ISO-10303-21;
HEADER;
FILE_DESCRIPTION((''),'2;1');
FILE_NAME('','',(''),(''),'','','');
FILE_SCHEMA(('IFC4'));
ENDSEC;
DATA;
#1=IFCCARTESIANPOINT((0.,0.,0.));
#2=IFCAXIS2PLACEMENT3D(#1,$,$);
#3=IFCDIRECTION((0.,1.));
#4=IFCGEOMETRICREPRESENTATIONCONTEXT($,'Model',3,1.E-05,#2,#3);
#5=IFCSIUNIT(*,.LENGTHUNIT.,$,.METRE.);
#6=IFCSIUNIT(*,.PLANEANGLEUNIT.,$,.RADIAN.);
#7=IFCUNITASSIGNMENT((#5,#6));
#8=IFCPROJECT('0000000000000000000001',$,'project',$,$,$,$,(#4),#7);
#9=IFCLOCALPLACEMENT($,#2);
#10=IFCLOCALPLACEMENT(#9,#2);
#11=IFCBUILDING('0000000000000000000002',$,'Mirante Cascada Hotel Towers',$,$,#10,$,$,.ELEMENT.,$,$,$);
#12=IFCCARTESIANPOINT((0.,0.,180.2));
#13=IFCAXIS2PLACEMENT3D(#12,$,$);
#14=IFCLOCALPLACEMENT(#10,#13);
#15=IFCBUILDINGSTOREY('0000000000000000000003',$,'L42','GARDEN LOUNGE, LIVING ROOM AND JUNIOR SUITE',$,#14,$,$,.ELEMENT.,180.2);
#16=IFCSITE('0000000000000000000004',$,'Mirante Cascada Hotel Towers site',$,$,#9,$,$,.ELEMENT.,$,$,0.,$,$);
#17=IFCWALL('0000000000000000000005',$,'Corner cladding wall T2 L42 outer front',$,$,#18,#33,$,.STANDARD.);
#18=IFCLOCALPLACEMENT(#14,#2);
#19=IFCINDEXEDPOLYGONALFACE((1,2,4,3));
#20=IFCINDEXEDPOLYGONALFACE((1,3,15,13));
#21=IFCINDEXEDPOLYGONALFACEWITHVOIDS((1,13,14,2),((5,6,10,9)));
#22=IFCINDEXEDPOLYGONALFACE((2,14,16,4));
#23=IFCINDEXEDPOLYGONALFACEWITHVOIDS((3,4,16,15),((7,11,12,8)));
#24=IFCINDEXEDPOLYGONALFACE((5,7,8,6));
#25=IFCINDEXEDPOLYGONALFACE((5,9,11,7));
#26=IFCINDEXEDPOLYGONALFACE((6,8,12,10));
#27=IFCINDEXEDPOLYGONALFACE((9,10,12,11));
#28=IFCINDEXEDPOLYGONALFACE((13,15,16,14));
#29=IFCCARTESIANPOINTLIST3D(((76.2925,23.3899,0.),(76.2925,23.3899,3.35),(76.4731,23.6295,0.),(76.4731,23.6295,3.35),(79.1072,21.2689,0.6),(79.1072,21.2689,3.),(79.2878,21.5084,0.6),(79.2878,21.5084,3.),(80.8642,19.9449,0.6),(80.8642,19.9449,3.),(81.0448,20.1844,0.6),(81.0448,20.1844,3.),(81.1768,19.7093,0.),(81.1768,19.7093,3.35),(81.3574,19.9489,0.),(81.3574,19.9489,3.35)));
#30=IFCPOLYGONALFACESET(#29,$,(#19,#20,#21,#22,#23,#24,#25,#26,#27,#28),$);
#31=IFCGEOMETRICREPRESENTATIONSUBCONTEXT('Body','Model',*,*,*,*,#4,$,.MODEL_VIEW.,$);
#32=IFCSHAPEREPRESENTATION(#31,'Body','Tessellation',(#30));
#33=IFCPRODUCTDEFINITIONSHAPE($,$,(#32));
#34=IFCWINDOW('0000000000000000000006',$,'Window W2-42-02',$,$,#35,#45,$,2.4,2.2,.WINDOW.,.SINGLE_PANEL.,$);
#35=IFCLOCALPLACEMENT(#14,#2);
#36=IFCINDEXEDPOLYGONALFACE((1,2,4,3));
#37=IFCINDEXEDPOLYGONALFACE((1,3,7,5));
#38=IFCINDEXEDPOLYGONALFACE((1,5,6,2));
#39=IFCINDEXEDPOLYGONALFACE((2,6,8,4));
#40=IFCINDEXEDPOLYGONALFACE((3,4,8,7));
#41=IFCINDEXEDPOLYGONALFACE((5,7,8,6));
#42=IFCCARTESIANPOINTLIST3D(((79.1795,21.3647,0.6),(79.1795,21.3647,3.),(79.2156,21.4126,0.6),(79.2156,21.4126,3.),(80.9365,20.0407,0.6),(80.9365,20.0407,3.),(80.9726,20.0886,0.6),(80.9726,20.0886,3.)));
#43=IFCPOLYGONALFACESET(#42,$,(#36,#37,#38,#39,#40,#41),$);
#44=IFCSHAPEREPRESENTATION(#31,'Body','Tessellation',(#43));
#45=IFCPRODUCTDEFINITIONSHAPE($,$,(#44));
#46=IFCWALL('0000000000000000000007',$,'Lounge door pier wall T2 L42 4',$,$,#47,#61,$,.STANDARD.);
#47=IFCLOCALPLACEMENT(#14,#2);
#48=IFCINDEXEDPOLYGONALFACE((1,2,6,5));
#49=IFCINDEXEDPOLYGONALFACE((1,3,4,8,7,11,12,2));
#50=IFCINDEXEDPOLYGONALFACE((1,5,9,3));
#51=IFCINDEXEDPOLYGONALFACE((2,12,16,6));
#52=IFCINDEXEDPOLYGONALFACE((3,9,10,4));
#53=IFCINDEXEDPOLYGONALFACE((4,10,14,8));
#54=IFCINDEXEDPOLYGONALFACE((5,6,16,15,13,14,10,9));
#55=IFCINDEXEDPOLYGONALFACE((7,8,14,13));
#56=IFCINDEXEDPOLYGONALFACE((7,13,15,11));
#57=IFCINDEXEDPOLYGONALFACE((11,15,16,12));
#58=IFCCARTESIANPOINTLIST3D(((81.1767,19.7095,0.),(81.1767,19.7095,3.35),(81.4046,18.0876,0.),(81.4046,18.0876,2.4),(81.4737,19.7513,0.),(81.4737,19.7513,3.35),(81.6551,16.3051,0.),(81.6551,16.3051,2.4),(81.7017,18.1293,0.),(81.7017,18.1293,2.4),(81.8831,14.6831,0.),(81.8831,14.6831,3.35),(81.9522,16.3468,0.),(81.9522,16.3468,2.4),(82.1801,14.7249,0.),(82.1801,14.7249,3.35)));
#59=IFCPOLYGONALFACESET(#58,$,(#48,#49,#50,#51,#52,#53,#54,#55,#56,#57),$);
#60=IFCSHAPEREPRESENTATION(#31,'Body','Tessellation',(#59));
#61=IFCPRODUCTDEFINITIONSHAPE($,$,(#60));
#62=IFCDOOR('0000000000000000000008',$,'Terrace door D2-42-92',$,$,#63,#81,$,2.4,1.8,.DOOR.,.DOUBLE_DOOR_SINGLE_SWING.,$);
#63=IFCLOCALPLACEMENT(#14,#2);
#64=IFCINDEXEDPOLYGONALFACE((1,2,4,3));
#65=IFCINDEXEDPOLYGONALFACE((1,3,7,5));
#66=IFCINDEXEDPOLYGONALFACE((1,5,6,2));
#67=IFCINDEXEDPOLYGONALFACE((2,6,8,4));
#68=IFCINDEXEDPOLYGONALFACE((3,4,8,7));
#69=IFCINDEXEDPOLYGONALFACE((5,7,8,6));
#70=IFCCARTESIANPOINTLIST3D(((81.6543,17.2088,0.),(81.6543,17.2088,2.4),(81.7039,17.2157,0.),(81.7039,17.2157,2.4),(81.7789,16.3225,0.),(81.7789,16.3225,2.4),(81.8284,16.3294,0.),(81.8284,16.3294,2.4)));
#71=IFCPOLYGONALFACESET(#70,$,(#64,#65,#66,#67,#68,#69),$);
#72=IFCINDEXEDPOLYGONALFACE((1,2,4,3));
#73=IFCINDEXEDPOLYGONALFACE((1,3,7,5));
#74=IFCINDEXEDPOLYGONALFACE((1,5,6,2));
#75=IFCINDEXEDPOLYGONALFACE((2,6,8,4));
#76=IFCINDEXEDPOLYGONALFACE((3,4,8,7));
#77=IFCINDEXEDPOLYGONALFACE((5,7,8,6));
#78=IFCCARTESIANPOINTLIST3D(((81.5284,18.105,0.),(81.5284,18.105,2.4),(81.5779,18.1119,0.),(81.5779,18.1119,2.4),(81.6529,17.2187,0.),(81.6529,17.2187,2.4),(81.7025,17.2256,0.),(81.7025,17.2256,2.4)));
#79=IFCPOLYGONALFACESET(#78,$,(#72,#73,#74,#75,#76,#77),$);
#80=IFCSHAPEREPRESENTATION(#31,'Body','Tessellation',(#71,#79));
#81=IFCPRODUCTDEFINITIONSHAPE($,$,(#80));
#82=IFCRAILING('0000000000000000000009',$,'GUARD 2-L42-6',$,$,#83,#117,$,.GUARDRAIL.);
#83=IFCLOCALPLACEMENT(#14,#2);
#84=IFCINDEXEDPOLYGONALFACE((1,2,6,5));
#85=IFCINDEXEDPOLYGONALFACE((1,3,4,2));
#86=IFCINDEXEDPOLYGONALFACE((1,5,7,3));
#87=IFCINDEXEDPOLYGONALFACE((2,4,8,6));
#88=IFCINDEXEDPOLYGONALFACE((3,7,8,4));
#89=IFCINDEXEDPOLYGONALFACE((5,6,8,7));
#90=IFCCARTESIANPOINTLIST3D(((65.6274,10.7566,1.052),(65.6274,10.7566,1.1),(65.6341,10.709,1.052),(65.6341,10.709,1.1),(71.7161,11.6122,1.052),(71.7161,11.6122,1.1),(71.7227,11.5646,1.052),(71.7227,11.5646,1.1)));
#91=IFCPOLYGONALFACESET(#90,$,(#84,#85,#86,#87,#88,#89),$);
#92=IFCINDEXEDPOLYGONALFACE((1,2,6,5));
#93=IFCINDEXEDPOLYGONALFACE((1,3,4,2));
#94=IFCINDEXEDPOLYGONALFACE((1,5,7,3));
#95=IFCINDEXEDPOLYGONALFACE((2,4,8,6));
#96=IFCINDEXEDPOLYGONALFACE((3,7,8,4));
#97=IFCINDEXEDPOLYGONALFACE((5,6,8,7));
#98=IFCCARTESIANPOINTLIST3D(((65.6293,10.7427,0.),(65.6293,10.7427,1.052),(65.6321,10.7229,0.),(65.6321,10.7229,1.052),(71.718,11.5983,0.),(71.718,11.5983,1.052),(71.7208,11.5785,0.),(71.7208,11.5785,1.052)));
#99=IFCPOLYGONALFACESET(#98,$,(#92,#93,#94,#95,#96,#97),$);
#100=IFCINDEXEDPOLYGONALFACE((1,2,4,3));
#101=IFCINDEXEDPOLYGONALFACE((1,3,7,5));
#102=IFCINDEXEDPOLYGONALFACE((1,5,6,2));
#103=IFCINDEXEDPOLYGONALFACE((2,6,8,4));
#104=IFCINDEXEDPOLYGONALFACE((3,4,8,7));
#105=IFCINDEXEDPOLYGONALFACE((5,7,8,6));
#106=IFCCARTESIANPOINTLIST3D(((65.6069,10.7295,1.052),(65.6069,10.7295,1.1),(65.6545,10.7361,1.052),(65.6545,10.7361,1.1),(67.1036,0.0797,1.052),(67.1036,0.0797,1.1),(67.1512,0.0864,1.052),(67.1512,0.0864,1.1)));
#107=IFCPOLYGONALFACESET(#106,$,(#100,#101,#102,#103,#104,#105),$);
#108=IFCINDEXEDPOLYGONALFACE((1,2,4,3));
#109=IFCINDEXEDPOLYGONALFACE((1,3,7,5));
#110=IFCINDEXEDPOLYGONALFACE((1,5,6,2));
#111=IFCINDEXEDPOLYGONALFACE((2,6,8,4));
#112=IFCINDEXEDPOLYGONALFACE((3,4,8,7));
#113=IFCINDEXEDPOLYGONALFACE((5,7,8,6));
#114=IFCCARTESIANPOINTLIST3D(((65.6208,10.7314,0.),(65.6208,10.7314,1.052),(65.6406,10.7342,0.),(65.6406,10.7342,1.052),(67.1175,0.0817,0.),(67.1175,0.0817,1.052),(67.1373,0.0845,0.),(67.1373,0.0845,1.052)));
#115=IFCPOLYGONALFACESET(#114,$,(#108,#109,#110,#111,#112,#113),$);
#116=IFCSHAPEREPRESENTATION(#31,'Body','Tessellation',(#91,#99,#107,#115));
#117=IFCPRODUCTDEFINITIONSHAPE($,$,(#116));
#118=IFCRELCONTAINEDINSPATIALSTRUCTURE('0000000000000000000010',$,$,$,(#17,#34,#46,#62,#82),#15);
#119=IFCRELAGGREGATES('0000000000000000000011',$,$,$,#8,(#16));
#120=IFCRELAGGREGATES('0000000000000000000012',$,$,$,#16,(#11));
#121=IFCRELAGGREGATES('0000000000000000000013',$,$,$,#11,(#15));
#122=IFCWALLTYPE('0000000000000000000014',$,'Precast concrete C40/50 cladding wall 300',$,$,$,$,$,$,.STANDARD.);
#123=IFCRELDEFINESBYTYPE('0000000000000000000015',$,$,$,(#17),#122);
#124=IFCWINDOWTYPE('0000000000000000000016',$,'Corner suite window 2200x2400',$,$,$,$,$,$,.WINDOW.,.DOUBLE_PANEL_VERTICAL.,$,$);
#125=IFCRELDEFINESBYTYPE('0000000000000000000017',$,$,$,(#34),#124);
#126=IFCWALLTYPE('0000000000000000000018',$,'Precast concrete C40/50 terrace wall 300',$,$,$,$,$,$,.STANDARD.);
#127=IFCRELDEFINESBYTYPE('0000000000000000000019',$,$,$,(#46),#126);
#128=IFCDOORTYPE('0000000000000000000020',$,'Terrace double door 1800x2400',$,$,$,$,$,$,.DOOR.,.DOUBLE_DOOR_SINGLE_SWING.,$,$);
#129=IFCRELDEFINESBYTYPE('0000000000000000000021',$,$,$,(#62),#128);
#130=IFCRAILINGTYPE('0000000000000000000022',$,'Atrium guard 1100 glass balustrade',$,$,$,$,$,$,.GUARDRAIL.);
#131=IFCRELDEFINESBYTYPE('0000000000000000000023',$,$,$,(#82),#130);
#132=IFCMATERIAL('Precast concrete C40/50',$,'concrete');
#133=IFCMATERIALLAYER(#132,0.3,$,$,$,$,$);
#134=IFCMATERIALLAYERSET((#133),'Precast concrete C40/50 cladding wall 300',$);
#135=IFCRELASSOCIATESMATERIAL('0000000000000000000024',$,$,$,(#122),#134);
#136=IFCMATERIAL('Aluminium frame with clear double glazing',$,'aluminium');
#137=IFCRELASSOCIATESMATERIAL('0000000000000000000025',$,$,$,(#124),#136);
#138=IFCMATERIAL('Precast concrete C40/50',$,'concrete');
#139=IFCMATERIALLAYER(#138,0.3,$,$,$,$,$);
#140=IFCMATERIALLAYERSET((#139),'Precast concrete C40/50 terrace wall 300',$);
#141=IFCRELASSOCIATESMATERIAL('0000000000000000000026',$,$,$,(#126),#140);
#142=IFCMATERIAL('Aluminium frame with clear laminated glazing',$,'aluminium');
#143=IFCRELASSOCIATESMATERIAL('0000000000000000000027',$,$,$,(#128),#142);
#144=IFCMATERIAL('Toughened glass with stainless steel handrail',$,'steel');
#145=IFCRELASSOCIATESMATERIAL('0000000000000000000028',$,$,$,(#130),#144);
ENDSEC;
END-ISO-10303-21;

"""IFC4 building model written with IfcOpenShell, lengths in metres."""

from ifc_helpers import new_model, si_unit, direction, frame, frame_2d, origin, origin_2d, place, context, subcontext, project, spatial, rectangle, extrude, material, layer, layer_set, type_object, element, fill, save


model = new_model("IFC4")

# Units and contexts
model_context = context("Model", 3, precision=1e-05, world=origin(), true_north=direction((0.0, 1.0)))
body_context = subcontext(model_context, "Body", "Model", "MODEL_VIEW")
ifc_project = project(units=[si_unit("LENGTHUNIT", "METRE"), si_unit("PLANEANGLEUNIT", "RADIAN")], contexts=[model_context])

# Site, building, storey
site_placement = place(None, origin())
site = spatial("IfcSite", under=ifc_project, at=site_placement, Name="Mirante Cascada Hotel Towers site", CompositionType="ELEMENT", RefElevation=0.0)
building_placement = place(site_placement, origin())
building = spatial("IfcBuilding", under=site, at=building_placement, Name="Mirante Cascada Hotel Towers", CompositionType="ELEMENT")
storey_placement = place(building_placement, frame((0.0, 0.0, 180.2)))
storey = spatial("IfcBuildingStorey", under=building, at=storey_placement, Name="L42", Description="GARDEN LOUNGE, LIVING ROOM AND JUNIOR SUITE", CompositionType="ELEMENT", Elevation=180.2)

# Wall, opening, window
ifc_material_1 = material(Name="Precast concrete C40/50", Category="concrete")
ifc_layer_1 = layer(ifc_material_1, 0.3)
ifc_layer_set_1 = layer_set([ifc_layer_1], Name="Precast concrete C40/50 cladding wall 300")
wall_type_1 = type_object("IfcWallType", Name="Precast concrete C40/50 cladding wall 300", PredefinedType="STANDARD", material=ifc_layer_set_1)
wall_1_placement = place(storey_placement, frame((81.2671, 19.8291, 0.0), z_axis=(0.0, 0.0, 1.0), x_axis=(-0.798634, 0.601817, 0.0)))
wall_1 = element("IfcWall", 1, at=wall_1_placement, inside=storey, type_object=wall_type_1, Name="Corner cladding wall T2 L42 outer front", PredefinedType="STANDARD", context=body_context, shape_type="SweptSolid", body=[
    extrude(rectangle(XDim=6.1158, YDim=0.3, at=frame_2d((3.0579, 0.0))), origin(), (0.0, 0.0, 1.0), 3.35),
])
opening_1_placement = place(wall_1_placement, frame((0.3914, 0.0, 0.6)))
opening_1 = element("IfcOpeningElement", 2, at=opening_1_placement, cuts=wall_1, PredefinedType="OPENING", context=body_context, shape_type="SweptSolid", body=[
    extrude(rectangle(XDim=2.2, YDim=2.4, at=frame_2d((1.1, 1.2))), frame((0.0, 0.15, 0.0), z_axis=(0.0, -1.0, 0.0), x_axis=(1.0, 0.0, 0.0)), (0.0, 0.0, 1.0), 0.3),
])
ifc_material_2 = material(Name="Aluminium frame with clear double glazing", Category="aluminium")
window_type = type_object("IfcWindowType", Name="Corner suite window 2200x2400", PartitioningType="DOUBLE_PANEL_VERTICAL", PredefinedType="WINDOW", material=ifc_material_2)
window_placement = place(opening_1_placement, origin())
window = element("IfcWindow", 3, at=window_placement, inside=storey, type_object=window_type, Name="Window W2-42-02", OverallHeight=2.4, OverallWidth=2.2, PartitioningType="SINGLE_PANEL", PredefinedType="WINDOW", context=body_context, shape_type="SweptSolid", body=[
    extrude(rectangle(XDim=2.2, YDim=2.4, at=frame_2d((1.1, 1.2))), frame((0.0, 0.03, 0.0), z_axis=(0.0, -1.0, 0.0), x_axis=(1.0, 0.0, 0.0)), (0.0, 0.0, 1.0), 0.06),
])
fill(opening_1, window)

# Wall, opening, door
ifc_material_3 = material(Name="Precast concrete C40/50", Category="concrete")
ifc_layer_2 = layer(ifc_material_3, 0.3)
ifc_layer_set_2 = layer_set([ifc_layer_2], Name="Precast concrete C40/50 terrace wall 300")
wall_type_2 = type_object("IfcWallType", Name="Precast concrete C40/50 terrace wall 300", PredefinedType="STANDARD", material=ifc_layer_set_2)
wall_2_placement = place(storey_placement, frame((82.0316, 14.704, 0.0), z_axis=(0.0, 0.0, 1.0), x_axis=(-0.13917, 0.990268, 0.0)))
wall_2 = element("IfcWall", 4, at=wall_2_placement, inside=storey, type_object=wall_type_2, Name="Lounge door pier wall T2 L42 4", PredefinedType="STANDARD", context=body_context, shape_type="SweptSolid", body=[
    extrude(rectangle(XDim=5.0758, YDim=0.3, at=frame_2d((2.5379, 0.0))), origin(), (0.0, 0.0, 1.0), 3.35),
])
opening_2_placement = place(wall_2_placement, frame((1.6379, 0.0, 0.0)))
opening_2 = element("IfcOpeningElement", 5, at=opening_2_placement, cuts=wall_2, PredefinedType="OPENING", context=body_context, shape_type="SweptSolid", body=[
    extrude(rectangle(XDim=1.8, YDim=2.4, at=frame_2d((0.9, 1.2))), frame((0.0, 0.15, 0.0), z_axis=(0.0, -1.0, 0.0), x_axis=(1.0, 0.0, 0.0)), (0.0, 0.0, 1.0), 0.3),
])
ifc_material_4 = material(Name="Aluminium frame with clear laminated glazing", Category="aluminium")
door_type_1 = type_object("IfcDoorType", Name="Terrace double door 1800x2400", OperationType="DOUBLE_DOOR_SINGLE_SWING", PredefinedType="DOOR", material=ifc_material_4)
door_1_placement = place(opening_2_placement, origin())
door_1 = element("IfcDoor", 6, at=door_1_placement, inside=storey, type_object=door_type_1, Name="Terrace door D2-42-92", OperationType="DOUBLE_DOOR_SINGLE_SWING", OverallHeight=2.4, OverallWidth=1.8, PredefinedType="DOOR", context=body_context, shape_type="SweptSolid", body=[
    extrude(rectangle(XDim=0.895, YDim=2.4, at=frame_2d((0.4475, 1.2))), frame((0.0, 0.025, 0.0), z_axis=(0.0, -1.0, 0.0), x_axis=(1.0, 0.0, 0.0)), (0.0, 0.0, 1.0), 0.05),
    extrude(rectangle(XDim=0.895, YDim=2.4, at=frame_2d((1.3525, 1.2))), frame((0.0, 0.025, 0.0), z_axis=(0.0, -1.0, 0.0), x_axis=(1.0, 0.0, 0.0)), (0.0, 0.0, 1.0), 0.05),
])
fill(opening_2, door_1)

# Railing
ifc_material_5 = material(Name="Toughened glass with stainless steel handrail", Category="steel")
railing_type_1 = type_object("IfcRailingType", Name="Atrium guard 1100 glass balustrade", PredefinedType="GUARDRAIL", material=ifc_material_5)
railing_1_placement = place(storey_placement, frame((71.7194, 11.5884, 0.0)))
element("IfcRailing", 7, at=railing_1_placement, inside=storey, type_object=railing_type_1, Name="GUARD 2-L42-6", PredefinedType="GUARDRAIL", context=body_context, shape_type="SweptSolid", body=[
    extrude(rectangle(XDim=0.048, YDim=0.048, at=origin_2d()), frame((0.0, 0.0, 1.076), z_axis=(-0.990271, -0.139155, 0.0), x_axis=(0.139155, -0.990271, 0.0)), (0.0, 0.0, 1.0), 6.1485),
    extrude(rectangle(XDim=0.02, YDim=1.052, at=origin_2d()), frame((0.0, 0.0, 0.526), z_axis=(-0.990271, -0.139155, 0.0), x_axis=(0.139155, -0.990271, 0.0)), (0.0, 0.0, 1.0), 6.1485),
    extrude(rectangle(XDim=0.048, YDim=0.048, at=origin_2d()), frame((-6.0887, -0.8556, 1.076), z_axis=(0.139172, -0.990268, 0.0), x_axis=(0.990268, 0.139172, 0.0)), (0.0, 0.0, 1.0), 10.7544),
    extrude(rectangle(XDim=0.02, YDim=1.052, at=origin_2d()), frame((-6.0887, -0.8556, 0.526), z_axis=(0.139172, -0.990268, 0.0), x_axis=(0.990268, 0.139172, 0.0)), (0.0, 0.0, 1.0), 10.7544),
])

save(model, "model.ifc")
